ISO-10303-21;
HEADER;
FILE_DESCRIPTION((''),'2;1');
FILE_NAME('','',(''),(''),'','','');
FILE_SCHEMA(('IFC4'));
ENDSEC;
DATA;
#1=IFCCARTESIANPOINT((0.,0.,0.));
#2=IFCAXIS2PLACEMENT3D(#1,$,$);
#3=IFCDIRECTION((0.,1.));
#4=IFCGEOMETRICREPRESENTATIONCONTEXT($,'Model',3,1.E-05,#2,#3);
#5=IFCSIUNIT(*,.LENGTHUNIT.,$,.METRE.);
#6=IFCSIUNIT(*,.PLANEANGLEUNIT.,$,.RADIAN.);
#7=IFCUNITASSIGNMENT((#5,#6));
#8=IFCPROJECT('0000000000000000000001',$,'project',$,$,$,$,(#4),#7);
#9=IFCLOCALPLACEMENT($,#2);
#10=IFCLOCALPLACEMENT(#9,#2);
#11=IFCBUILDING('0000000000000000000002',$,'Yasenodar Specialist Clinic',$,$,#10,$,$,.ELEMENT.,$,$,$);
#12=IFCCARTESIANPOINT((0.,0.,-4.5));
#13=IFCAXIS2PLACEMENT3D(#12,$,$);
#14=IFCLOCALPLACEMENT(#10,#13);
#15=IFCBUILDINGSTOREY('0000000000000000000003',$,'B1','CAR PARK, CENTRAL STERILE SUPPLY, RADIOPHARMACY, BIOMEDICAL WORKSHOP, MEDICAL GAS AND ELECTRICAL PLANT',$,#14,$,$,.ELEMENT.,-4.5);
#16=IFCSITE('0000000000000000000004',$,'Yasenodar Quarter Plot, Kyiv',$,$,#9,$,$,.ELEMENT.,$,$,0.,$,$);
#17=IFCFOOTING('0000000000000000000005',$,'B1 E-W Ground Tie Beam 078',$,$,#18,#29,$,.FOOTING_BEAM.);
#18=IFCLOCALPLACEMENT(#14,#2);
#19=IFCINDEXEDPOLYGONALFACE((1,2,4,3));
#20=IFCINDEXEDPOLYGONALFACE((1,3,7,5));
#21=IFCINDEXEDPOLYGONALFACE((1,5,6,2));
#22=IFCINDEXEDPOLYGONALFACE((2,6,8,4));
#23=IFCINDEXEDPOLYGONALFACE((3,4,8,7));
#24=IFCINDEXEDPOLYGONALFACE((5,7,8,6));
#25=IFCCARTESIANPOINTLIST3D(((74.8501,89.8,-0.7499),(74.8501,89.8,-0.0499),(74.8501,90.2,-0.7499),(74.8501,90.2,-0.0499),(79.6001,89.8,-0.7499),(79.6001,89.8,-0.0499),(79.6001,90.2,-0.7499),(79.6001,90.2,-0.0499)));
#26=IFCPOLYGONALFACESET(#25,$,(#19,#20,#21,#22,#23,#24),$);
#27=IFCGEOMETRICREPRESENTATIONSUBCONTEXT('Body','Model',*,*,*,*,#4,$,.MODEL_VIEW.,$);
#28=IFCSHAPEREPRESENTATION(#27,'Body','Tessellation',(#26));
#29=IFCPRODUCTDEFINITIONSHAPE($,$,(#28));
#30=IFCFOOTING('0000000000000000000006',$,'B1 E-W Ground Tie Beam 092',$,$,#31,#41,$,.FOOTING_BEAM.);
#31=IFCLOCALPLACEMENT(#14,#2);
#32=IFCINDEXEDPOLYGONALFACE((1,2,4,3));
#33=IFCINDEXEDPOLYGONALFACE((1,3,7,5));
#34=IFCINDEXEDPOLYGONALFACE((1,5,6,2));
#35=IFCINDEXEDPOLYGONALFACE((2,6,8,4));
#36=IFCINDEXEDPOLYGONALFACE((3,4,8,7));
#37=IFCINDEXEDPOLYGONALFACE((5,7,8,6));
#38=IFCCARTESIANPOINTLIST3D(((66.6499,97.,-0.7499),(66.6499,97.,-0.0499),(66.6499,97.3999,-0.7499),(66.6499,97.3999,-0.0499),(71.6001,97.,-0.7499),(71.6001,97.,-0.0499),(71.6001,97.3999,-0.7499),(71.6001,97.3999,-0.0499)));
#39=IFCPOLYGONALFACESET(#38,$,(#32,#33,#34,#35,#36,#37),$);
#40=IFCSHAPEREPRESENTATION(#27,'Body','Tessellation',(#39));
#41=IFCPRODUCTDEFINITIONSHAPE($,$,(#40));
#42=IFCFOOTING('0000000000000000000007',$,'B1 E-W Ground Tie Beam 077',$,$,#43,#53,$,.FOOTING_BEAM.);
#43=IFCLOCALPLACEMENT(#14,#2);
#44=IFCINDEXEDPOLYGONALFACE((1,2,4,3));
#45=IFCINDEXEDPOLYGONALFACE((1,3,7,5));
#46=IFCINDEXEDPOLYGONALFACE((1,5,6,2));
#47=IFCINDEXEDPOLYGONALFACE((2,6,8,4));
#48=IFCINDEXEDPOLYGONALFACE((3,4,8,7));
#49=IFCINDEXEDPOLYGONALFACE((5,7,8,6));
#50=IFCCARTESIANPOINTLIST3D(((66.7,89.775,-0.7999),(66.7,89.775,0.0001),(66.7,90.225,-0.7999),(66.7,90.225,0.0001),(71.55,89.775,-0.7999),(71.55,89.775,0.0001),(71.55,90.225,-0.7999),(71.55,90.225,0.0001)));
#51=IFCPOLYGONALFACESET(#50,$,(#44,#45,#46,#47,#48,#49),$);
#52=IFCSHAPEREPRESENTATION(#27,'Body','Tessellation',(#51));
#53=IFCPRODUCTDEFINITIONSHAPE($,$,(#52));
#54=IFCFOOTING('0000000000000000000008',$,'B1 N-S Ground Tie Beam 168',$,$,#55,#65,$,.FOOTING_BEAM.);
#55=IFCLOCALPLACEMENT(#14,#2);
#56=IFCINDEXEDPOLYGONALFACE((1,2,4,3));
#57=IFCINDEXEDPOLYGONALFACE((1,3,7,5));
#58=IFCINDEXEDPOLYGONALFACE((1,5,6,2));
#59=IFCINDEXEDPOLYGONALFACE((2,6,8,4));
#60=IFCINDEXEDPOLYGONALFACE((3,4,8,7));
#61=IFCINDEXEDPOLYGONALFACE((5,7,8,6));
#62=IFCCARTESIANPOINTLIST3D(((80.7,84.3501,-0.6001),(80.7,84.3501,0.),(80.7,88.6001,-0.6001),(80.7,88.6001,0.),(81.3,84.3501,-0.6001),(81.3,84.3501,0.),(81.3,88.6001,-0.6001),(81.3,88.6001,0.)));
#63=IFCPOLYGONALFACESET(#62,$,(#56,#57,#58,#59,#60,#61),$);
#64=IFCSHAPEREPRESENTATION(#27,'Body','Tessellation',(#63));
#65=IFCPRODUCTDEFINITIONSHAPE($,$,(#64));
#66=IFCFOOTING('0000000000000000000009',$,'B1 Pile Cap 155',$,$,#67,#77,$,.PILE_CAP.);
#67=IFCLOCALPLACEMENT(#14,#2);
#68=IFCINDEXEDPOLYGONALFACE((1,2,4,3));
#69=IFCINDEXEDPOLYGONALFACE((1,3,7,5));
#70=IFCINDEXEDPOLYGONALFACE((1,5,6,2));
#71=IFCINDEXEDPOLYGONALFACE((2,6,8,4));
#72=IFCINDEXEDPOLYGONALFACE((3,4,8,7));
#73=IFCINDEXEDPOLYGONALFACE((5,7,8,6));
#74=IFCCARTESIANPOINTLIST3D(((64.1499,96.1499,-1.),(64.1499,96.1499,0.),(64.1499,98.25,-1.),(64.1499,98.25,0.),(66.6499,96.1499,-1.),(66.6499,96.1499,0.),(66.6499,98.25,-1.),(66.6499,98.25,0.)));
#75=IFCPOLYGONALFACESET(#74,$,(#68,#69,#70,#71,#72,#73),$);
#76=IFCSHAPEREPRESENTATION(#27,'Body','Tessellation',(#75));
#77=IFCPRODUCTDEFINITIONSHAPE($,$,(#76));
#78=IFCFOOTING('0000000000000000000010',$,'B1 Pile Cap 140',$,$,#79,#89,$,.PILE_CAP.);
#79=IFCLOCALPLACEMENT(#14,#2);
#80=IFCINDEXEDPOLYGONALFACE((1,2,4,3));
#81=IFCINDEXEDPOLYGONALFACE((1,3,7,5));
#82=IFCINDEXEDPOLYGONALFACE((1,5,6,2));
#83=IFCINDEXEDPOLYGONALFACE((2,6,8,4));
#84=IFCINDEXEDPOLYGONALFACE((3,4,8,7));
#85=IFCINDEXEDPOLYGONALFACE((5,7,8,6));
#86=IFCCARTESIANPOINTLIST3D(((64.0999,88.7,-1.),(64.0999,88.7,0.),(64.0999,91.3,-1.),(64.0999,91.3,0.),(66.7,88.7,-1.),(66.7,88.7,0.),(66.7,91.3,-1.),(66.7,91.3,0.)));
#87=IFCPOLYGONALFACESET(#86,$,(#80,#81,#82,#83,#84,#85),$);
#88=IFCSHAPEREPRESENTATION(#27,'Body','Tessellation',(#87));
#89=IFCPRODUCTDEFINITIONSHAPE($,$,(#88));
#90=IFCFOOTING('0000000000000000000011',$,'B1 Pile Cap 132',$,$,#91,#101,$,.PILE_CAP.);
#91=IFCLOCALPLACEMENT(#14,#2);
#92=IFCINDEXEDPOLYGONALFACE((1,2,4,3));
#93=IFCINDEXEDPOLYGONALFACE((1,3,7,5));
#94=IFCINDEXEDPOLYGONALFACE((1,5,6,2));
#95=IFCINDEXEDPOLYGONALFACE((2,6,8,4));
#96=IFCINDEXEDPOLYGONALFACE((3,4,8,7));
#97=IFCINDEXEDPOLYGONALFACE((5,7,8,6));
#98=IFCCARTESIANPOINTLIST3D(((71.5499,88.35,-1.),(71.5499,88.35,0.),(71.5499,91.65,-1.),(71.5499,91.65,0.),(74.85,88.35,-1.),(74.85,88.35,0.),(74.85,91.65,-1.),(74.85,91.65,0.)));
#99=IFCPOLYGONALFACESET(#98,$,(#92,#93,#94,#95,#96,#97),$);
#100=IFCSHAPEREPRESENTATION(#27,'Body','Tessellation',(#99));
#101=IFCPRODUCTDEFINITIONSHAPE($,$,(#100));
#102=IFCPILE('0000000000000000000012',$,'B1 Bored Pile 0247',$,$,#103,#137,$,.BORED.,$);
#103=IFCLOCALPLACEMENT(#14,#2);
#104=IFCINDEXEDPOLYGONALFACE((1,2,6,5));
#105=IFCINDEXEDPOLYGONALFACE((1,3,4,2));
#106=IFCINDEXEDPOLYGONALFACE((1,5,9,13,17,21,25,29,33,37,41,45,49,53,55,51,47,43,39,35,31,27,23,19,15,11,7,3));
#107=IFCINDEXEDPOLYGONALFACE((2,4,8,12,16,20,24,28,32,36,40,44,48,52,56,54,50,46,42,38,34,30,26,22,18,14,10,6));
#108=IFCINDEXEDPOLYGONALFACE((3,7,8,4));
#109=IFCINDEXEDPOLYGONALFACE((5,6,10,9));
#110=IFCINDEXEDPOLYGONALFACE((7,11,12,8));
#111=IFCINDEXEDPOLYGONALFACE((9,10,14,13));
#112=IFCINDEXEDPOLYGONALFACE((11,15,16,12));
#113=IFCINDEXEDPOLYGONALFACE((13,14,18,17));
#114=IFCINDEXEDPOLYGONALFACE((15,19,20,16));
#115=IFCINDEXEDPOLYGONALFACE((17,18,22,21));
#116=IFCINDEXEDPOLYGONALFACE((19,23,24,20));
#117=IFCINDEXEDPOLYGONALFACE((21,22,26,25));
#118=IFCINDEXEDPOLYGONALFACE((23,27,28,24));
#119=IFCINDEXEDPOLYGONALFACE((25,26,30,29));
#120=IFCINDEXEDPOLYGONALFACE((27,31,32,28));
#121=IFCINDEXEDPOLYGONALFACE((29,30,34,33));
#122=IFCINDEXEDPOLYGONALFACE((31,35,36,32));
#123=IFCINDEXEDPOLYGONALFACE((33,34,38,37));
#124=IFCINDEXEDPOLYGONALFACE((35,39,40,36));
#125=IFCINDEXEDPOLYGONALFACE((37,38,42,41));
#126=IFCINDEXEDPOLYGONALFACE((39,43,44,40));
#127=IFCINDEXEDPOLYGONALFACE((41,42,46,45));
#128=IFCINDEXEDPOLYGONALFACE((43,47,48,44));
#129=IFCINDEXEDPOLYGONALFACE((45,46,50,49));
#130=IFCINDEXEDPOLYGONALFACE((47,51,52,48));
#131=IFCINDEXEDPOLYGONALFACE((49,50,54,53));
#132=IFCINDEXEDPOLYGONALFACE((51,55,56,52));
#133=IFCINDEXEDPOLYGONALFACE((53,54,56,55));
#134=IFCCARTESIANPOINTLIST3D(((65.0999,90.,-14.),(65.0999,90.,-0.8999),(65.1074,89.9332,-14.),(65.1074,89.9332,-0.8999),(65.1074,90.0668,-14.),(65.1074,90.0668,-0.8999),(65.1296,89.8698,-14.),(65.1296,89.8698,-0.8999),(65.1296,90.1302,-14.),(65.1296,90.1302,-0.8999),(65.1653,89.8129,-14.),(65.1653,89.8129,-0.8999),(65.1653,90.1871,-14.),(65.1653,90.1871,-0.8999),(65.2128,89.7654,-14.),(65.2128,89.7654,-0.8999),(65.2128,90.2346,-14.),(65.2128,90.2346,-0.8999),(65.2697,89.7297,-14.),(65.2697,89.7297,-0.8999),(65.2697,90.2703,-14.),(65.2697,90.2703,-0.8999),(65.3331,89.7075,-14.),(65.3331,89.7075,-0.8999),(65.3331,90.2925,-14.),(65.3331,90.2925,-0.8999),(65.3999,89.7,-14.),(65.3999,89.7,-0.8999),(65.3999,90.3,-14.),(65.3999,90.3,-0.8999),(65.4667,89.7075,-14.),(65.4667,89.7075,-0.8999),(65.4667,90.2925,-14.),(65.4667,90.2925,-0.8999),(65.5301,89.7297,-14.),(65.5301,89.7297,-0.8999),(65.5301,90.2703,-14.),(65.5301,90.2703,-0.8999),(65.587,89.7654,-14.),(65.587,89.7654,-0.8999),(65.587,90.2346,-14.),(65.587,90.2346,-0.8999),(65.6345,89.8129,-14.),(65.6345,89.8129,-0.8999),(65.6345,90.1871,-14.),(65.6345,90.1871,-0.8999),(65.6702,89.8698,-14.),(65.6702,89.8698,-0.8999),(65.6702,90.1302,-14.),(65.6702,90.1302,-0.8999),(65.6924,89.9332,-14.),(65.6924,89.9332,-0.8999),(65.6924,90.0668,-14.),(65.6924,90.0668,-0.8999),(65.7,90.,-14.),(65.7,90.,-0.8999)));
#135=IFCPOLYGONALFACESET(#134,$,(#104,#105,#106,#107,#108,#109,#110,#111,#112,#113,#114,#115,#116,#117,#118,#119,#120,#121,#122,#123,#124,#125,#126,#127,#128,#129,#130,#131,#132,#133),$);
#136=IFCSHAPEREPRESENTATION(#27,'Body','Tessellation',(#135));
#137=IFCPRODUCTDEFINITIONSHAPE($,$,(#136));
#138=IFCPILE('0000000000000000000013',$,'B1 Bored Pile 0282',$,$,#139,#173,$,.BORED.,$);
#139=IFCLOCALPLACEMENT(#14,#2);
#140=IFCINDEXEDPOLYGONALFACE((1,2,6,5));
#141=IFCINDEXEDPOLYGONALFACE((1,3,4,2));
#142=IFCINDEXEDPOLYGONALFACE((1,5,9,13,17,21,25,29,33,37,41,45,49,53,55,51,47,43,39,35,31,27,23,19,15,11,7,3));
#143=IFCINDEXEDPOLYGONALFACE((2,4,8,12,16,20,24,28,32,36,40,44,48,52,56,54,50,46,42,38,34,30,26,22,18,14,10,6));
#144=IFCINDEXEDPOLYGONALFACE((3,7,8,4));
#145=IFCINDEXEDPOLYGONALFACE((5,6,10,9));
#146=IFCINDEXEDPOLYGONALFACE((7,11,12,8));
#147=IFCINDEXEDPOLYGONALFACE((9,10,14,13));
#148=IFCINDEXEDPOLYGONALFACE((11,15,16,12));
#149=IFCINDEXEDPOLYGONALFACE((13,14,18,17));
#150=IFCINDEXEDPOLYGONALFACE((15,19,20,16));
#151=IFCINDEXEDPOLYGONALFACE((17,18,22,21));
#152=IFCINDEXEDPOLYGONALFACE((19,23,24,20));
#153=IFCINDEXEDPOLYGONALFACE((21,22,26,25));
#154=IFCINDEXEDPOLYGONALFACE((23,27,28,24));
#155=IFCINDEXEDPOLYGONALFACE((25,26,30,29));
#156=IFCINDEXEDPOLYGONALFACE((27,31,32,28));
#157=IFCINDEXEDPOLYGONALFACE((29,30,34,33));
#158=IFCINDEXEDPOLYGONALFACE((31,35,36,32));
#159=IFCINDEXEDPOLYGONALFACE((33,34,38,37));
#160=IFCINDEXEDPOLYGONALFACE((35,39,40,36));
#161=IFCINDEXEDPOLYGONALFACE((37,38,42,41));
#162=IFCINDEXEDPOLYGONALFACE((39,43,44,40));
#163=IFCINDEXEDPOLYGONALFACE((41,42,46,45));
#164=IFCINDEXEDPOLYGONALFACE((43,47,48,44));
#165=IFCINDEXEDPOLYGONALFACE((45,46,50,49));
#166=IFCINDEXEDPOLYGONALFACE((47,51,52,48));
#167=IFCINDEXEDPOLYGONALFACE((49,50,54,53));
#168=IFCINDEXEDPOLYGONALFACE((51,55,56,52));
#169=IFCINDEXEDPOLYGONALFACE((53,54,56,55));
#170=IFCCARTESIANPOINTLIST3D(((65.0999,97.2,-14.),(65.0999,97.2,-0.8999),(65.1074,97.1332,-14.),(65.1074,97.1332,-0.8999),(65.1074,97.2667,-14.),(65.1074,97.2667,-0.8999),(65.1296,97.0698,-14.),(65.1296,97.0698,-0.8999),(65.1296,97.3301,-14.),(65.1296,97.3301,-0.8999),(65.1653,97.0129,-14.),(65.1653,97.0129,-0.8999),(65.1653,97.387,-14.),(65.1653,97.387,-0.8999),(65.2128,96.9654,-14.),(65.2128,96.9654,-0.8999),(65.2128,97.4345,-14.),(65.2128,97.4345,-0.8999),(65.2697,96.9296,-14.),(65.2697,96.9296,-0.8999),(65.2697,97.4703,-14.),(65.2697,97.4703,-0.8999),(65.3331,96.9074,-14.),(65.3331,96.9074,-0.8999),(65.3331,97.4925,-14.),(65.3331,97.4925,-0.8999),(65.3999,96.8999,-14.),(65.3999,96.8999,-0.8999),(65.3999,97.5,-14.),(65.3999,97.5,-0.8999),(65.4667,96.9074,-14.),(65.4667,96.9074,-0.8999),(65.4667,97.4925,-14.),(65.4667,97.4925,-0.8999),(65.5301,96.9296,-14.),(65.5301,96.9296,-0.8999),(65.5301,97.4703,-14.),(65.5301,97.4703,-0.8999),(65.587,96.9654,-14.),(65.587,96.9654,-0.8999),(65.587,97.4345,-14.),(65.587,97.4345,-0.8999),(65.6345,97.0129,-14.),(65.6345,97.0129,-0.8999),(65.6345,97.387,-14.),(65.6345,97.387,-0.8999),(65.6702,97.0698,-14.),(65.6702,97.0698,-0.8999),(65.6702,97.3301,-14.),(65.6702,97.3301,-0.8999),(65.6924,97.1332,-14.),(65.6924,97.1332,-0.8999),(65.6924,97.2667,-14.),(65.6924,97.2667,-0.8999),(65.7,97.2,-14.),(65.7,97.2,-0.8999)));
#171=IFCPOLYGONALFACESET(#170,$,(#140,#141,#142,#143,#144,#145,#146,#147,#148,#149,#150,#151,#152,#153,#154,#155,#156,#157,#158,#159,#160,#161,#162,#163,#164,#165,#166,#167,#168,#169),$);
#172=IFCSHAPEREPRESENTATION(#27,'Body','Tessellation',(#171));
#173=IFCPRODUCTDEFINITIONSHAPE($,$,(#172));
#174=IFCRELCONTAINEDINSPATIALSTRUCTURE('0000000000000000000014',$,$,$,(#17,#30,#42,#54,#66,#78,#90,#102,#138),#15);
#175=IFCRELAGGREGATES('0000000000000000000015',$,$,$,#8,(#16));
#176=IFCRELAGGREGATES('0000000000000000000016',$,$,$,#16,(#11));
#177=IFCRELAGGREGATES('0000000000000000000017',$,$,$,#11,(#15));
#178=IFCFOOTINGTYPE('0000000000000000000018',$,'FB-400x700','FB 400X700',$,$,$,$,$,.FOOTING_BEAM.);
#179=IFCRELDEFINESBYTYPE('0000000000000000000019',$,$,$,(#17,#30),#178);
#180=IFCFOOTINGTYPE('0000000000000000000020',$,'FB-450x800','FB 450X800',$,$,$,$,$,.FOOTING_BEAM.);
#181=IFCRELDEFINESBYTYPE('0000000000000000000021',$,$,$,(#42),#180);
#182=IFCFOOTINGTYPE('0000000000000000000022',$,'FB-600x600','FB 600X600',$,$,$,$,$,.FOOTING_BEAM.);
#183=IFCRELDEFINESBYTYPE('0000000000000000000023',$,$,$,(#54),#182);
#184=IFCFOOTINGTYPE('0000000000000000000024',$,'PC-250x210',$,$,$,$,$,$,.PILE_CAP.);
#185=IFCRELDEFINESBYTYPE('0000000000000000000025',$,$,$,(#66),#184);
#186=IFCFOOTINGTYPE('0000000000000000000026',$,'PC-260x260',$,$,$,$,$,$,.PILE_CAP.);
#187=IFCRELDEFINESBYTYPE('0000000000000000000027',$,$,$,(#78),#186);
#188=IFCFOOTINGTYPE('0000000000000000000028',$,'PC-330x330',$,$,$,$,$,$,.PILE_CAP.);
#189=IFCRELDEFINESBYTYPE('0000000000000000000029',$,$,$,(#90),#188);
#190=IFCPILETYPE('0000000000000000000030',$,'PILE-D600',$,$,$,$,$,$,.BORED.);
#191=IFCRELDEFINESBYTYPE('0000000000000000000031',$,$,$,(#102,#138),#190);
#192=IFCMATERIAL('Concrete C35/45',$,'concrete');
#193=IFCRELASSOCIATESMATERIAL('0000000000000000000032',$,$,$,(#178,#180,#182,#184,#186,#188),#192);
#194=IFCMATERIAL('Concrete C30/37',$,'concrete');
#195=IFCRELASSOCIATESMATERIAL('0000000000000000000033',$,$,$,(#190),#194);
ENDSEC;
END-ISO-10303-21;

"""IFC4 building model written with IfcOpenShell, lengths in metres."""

from ifc_helpers import new_model, si_unit, direction, frame, origin, origin_2d, place, context, subcontext, project, spatial, rectangle, circle, extrude, material, material_profile, profile_set, type_object, element, save


model = new_model("IFC4")

# Units and contexts
model_context = context("Model", 3, precision=1e-05, world=origin(), true_north=direction((0.0, 1.0)))
body_context = subcontext(model_context, "Body", "Model", "MODEL_VIEW")
ifc_project = project(units=[si_unit("LENGTHUNIT", "METRE"), si_unit("PLANEANGLEUNIT", "RADIAN")], contexts=[model_context])

# Site, building, storey
site_placement = place(None, origin())
site = spatial("IfcSite", under=ifc_project, at=site_placement, Name="Yasenodar Quarter Plot, Kyiv", CompositionType="ELEMENT", RefElevation=0.0)
building_placement = place(site_placement, origin())
building = spatial("IfcBuilding", under=site, at=building_placement, Name="Yasenodar Specialist Clinic", CompositionType="ELEMENT")
storey_placement = place(building_placement, frame((0.0, 0.0, -4.5)))
storey = spatial("IfcBuildingStorey", under=building, at=storey_placement, Name="B1", Description="CAR PARK, CENTRAL STERILE SUPPLY, RADIOPHARMACY, BIOMEDICAL WORKSHOP, MEDICAL GAS AND ELECTRICAL PLANT", CompositionType="ELEMENT", Elevation=-4.5)

# Footings
ifc_material_1 = material(Name="Concrete C35/45", Category="concrete")
ifc_material_profile_1 = material_profile(ifc_material_1, rectangle(XDim=0.3999, YDim=0.7, at=origin_2d()), Name="RC 400x700")
ifc_profile_set_1 = profile_set([ifc_material_profile_1], Name="Concrete C35/45")
footing_type_1 = type_object("IfcFootingType", Name="FB-400x700", Description="FB 400X700", PredefinedType="FOOTING_BEAM", material=ifc_profile_set_1)
footing_1_placement = place(storey_placement, frame((74.8501, 90.0, -0.3999), z_axis=(1.0, 0.0, 0.0), x_axis=(0.0, 1.0, 0.0)))
element("IfcFooting", 1, at=footing_1_placement, inside=storey, type_object=footing_type_1, Name="B1 E-W Ground Tie Beam 078", PredefinedType="FOOTING_BEAM", context=body_context, shape_type="SweptSolid", body=[
    extrude(rectangle(XDim=0.3999, YDim=0.7, at=origin_2d()), origin(), (0.0, 0.0, 1.0), 4.75),
])
footing_2_placement = place(storey_placement, frame((66.6499, 97.2, -0.3999), z_axis=(1.0, 0.0, 0.0), x_axis=(0.0, 1.0, 0.0)))
element("IfcFooting", 2, at=footing_2_placement, inside=storey, type_object=footing_type_1, Name="B1 E-W Ground Tie Beam 092", PredefinedType="FOOTING_BEAM", context=body_context, shape_type="SweptSolid", body=[
    extrude(rectangle(XDim=0.3999, YDim=0.7, at=origin_2d()), origin(), (0.0, 0.0, 1.0), 4.9502),
])
ifc_material_profile_2 = material_profile(ifc_material_1, rectangle(XDim=0.45, YDim=0.8, at=origin_2d()), Name="RC 450x800")
ifc_profile_set_2 = profile_set([ifc_material_profile_2], Name="Concrete C35/45")
footing_type_2 = type_object("IfcFootingType", Name="FB-450x800", Description="FB 450X800", PredefinedType="FOOTING_BEAM", material=ifc_profile_set_2)
footing_3_placement = place(storey_placement, frame((66.7, 90.0, -0.3999), z_axis=(1.0, 0.0, 0.0), x_axis=(0.0, 1.0, 0.0)))
element("IfcFooting", 3, at=footing_3_placement, inside=storey, type_object=footing_type_2, Name="B1 E-W Ground Tie Beam 077", PredefinedType="FOOTING_BEAM", context=body_context, shape_type="SweptSolid", body=[
    extrude(rectangle(XDim=0.45, YDim=0.8, at=origin_2d()), origin(), (0.0, 0.0, 1.0), 4.8501),
])
ifc_material_profile_3 = material_profile(ifc_material_1, rectangle(XDim=0.6001, YDim=0.6001, at=origin_2d()), Name="RC 600x600")
ifc_profile_set_3 = profile_set([ifc_material_profile_3], Name="Concrete C35/45")
footing_type_3 = type_object("IfcFootingType", Name="FB-600x600", Description="FB 600X600", PredefinedType="FOOTING_BEAM", material=ifc_profile_set_3)
footing_4_placement = place(storey_placement, frame((81.0, 84.3501, -0.3), z_axis=(0.0, 1.0, 0.0), x_axis=(-1.0, 0.0, 0.0)))
element("IfcFooting", 4, at=footing_4_placement, inside=storey, type_object=footing_type_3, Name="B1 N-S Ground Tie Beam 168", PredefinedType="FOOTING_BEAM", context=body_context, shape_type="SweptSolid", body=[
    extrude(rectangle(XDim=0.6001, YDim=0.6001, at=origin_2d()), origin(), (0.0, 0.0, 1.0), 4.25),
])
footing_type_4 = type_object("IfcFootingType", Name="PC-250x210", PredefinedType="PILE_CAP", material=ifc_material_1)
footing_5_placement = place(storey_placement, frame((65.3999, 97.2, -1.0), z_axis=(0.0, 0.0, 1.0), x_axis=(1.0, 0.0, 0.0)))
element("IfcFooting", 5, at=footing_5_placement, inside=storey, type_object=footing_type_4, Name="B1 Pile Cap 155", PredefinedType="PILE_CAP", context=body_context, shape_type="SweptSolid", body=[
    extrude(rectangle(XDim=2.5, YDim=2.1001, at=origin_2d()), origin(), (0.0, 0.0, 1.0), 1.0),
])
footing_type_5 = type_object("IfcFootingType", Name="PC-260x260", PredefinedType="PILE_CAP", material=ifc_material_1)
footing_6_placement = place(storey_placement, frame((65.3999, 90.0, -1.0), z_axis=(0.0, 0.0, 1.0), x_axis=(1.0, 0.0, 0.0)))
element("IfcFooting", 6, at=footing_6_placement, inside=storey, type_object=footing_type_5, Name="B1 Pile Cap 140", PredefinedType="PILE_CAP", context=body_context, shape_type="SweptSolid", body=[
    extrude(rectangle(XDim=2.6001, YDim=2.6001, at=origin_2d()), origin(), (0.0, 0.0, 1.0), 1.0),
])
footing_type_6 = type_object("IfcFootingType", Name="PC-330x330", PredefinedType="PILE_CAP", material=ifc_material_1)
footing_7_placement = place(storey_placement, frame((73.2, 90.0, -1.0), z_axis=(0.0, 0.0, 1.0), x_axis=(1.0, 0.0, 0.0)))
element("IfcFooting", 7, at=footing_7_placement, inside=storey, type_object=footing_type_6, Name="B1 Pile Cap 132", PredefinedType="PILE_CAP", context=body_context, shape_type="SweptSolid", body=[
    extrude(rectangle(XDim=3.3, YDim=3.3, at=origin_2d()), origin(), (0.0, 0.0, 1.0), 1.0),
])

# Piles
ifc_material_2 = material(Name="Concrete C30/37", Category="concrete")
ifc_material_profile_4 = material_profile(ifc_material_2, circle(Radius=0.3, at=origin_2d()), Name="PILE D600")
ifc_profile_set_4 = profile_set([ifc_material_profile_4], Name="Concrete C30/37")
pile_type_1 = type_object("IfcPileType", Name="PILE-D600", PredefinedType="BORED", material=ifc_profile_set_4)
for number, where, z_axis, x_axis, name in (
    (8, (65.3999, 90.0, -0.8999), (0.0, 0.0, -1.0), (1.0, 0.0, 0.0), "B1 Bored Pile 0247"),
    (9, (65.3999, 97.2, -0.8999), (0.0, 0.0, -1.0), (1.0, 0.0, 0.0), "B1 Bored Pile 0282"),
):
    element("IfcPile", number, at=place(storey_placement, frame(where, z_axis=z_axis, x_axis=x_axis)), inside=storey, type_object=pile_type_1, Name=name, PredefinedType="BORED", context=body_context, shape_type="SweptSolid", body=[
        extrude(circle(Radius=0.3, at=origin_2d()), origin(), (0.0, 0.0, 1.0), 13.1001),
    ])

save(model, "model.ifc")
